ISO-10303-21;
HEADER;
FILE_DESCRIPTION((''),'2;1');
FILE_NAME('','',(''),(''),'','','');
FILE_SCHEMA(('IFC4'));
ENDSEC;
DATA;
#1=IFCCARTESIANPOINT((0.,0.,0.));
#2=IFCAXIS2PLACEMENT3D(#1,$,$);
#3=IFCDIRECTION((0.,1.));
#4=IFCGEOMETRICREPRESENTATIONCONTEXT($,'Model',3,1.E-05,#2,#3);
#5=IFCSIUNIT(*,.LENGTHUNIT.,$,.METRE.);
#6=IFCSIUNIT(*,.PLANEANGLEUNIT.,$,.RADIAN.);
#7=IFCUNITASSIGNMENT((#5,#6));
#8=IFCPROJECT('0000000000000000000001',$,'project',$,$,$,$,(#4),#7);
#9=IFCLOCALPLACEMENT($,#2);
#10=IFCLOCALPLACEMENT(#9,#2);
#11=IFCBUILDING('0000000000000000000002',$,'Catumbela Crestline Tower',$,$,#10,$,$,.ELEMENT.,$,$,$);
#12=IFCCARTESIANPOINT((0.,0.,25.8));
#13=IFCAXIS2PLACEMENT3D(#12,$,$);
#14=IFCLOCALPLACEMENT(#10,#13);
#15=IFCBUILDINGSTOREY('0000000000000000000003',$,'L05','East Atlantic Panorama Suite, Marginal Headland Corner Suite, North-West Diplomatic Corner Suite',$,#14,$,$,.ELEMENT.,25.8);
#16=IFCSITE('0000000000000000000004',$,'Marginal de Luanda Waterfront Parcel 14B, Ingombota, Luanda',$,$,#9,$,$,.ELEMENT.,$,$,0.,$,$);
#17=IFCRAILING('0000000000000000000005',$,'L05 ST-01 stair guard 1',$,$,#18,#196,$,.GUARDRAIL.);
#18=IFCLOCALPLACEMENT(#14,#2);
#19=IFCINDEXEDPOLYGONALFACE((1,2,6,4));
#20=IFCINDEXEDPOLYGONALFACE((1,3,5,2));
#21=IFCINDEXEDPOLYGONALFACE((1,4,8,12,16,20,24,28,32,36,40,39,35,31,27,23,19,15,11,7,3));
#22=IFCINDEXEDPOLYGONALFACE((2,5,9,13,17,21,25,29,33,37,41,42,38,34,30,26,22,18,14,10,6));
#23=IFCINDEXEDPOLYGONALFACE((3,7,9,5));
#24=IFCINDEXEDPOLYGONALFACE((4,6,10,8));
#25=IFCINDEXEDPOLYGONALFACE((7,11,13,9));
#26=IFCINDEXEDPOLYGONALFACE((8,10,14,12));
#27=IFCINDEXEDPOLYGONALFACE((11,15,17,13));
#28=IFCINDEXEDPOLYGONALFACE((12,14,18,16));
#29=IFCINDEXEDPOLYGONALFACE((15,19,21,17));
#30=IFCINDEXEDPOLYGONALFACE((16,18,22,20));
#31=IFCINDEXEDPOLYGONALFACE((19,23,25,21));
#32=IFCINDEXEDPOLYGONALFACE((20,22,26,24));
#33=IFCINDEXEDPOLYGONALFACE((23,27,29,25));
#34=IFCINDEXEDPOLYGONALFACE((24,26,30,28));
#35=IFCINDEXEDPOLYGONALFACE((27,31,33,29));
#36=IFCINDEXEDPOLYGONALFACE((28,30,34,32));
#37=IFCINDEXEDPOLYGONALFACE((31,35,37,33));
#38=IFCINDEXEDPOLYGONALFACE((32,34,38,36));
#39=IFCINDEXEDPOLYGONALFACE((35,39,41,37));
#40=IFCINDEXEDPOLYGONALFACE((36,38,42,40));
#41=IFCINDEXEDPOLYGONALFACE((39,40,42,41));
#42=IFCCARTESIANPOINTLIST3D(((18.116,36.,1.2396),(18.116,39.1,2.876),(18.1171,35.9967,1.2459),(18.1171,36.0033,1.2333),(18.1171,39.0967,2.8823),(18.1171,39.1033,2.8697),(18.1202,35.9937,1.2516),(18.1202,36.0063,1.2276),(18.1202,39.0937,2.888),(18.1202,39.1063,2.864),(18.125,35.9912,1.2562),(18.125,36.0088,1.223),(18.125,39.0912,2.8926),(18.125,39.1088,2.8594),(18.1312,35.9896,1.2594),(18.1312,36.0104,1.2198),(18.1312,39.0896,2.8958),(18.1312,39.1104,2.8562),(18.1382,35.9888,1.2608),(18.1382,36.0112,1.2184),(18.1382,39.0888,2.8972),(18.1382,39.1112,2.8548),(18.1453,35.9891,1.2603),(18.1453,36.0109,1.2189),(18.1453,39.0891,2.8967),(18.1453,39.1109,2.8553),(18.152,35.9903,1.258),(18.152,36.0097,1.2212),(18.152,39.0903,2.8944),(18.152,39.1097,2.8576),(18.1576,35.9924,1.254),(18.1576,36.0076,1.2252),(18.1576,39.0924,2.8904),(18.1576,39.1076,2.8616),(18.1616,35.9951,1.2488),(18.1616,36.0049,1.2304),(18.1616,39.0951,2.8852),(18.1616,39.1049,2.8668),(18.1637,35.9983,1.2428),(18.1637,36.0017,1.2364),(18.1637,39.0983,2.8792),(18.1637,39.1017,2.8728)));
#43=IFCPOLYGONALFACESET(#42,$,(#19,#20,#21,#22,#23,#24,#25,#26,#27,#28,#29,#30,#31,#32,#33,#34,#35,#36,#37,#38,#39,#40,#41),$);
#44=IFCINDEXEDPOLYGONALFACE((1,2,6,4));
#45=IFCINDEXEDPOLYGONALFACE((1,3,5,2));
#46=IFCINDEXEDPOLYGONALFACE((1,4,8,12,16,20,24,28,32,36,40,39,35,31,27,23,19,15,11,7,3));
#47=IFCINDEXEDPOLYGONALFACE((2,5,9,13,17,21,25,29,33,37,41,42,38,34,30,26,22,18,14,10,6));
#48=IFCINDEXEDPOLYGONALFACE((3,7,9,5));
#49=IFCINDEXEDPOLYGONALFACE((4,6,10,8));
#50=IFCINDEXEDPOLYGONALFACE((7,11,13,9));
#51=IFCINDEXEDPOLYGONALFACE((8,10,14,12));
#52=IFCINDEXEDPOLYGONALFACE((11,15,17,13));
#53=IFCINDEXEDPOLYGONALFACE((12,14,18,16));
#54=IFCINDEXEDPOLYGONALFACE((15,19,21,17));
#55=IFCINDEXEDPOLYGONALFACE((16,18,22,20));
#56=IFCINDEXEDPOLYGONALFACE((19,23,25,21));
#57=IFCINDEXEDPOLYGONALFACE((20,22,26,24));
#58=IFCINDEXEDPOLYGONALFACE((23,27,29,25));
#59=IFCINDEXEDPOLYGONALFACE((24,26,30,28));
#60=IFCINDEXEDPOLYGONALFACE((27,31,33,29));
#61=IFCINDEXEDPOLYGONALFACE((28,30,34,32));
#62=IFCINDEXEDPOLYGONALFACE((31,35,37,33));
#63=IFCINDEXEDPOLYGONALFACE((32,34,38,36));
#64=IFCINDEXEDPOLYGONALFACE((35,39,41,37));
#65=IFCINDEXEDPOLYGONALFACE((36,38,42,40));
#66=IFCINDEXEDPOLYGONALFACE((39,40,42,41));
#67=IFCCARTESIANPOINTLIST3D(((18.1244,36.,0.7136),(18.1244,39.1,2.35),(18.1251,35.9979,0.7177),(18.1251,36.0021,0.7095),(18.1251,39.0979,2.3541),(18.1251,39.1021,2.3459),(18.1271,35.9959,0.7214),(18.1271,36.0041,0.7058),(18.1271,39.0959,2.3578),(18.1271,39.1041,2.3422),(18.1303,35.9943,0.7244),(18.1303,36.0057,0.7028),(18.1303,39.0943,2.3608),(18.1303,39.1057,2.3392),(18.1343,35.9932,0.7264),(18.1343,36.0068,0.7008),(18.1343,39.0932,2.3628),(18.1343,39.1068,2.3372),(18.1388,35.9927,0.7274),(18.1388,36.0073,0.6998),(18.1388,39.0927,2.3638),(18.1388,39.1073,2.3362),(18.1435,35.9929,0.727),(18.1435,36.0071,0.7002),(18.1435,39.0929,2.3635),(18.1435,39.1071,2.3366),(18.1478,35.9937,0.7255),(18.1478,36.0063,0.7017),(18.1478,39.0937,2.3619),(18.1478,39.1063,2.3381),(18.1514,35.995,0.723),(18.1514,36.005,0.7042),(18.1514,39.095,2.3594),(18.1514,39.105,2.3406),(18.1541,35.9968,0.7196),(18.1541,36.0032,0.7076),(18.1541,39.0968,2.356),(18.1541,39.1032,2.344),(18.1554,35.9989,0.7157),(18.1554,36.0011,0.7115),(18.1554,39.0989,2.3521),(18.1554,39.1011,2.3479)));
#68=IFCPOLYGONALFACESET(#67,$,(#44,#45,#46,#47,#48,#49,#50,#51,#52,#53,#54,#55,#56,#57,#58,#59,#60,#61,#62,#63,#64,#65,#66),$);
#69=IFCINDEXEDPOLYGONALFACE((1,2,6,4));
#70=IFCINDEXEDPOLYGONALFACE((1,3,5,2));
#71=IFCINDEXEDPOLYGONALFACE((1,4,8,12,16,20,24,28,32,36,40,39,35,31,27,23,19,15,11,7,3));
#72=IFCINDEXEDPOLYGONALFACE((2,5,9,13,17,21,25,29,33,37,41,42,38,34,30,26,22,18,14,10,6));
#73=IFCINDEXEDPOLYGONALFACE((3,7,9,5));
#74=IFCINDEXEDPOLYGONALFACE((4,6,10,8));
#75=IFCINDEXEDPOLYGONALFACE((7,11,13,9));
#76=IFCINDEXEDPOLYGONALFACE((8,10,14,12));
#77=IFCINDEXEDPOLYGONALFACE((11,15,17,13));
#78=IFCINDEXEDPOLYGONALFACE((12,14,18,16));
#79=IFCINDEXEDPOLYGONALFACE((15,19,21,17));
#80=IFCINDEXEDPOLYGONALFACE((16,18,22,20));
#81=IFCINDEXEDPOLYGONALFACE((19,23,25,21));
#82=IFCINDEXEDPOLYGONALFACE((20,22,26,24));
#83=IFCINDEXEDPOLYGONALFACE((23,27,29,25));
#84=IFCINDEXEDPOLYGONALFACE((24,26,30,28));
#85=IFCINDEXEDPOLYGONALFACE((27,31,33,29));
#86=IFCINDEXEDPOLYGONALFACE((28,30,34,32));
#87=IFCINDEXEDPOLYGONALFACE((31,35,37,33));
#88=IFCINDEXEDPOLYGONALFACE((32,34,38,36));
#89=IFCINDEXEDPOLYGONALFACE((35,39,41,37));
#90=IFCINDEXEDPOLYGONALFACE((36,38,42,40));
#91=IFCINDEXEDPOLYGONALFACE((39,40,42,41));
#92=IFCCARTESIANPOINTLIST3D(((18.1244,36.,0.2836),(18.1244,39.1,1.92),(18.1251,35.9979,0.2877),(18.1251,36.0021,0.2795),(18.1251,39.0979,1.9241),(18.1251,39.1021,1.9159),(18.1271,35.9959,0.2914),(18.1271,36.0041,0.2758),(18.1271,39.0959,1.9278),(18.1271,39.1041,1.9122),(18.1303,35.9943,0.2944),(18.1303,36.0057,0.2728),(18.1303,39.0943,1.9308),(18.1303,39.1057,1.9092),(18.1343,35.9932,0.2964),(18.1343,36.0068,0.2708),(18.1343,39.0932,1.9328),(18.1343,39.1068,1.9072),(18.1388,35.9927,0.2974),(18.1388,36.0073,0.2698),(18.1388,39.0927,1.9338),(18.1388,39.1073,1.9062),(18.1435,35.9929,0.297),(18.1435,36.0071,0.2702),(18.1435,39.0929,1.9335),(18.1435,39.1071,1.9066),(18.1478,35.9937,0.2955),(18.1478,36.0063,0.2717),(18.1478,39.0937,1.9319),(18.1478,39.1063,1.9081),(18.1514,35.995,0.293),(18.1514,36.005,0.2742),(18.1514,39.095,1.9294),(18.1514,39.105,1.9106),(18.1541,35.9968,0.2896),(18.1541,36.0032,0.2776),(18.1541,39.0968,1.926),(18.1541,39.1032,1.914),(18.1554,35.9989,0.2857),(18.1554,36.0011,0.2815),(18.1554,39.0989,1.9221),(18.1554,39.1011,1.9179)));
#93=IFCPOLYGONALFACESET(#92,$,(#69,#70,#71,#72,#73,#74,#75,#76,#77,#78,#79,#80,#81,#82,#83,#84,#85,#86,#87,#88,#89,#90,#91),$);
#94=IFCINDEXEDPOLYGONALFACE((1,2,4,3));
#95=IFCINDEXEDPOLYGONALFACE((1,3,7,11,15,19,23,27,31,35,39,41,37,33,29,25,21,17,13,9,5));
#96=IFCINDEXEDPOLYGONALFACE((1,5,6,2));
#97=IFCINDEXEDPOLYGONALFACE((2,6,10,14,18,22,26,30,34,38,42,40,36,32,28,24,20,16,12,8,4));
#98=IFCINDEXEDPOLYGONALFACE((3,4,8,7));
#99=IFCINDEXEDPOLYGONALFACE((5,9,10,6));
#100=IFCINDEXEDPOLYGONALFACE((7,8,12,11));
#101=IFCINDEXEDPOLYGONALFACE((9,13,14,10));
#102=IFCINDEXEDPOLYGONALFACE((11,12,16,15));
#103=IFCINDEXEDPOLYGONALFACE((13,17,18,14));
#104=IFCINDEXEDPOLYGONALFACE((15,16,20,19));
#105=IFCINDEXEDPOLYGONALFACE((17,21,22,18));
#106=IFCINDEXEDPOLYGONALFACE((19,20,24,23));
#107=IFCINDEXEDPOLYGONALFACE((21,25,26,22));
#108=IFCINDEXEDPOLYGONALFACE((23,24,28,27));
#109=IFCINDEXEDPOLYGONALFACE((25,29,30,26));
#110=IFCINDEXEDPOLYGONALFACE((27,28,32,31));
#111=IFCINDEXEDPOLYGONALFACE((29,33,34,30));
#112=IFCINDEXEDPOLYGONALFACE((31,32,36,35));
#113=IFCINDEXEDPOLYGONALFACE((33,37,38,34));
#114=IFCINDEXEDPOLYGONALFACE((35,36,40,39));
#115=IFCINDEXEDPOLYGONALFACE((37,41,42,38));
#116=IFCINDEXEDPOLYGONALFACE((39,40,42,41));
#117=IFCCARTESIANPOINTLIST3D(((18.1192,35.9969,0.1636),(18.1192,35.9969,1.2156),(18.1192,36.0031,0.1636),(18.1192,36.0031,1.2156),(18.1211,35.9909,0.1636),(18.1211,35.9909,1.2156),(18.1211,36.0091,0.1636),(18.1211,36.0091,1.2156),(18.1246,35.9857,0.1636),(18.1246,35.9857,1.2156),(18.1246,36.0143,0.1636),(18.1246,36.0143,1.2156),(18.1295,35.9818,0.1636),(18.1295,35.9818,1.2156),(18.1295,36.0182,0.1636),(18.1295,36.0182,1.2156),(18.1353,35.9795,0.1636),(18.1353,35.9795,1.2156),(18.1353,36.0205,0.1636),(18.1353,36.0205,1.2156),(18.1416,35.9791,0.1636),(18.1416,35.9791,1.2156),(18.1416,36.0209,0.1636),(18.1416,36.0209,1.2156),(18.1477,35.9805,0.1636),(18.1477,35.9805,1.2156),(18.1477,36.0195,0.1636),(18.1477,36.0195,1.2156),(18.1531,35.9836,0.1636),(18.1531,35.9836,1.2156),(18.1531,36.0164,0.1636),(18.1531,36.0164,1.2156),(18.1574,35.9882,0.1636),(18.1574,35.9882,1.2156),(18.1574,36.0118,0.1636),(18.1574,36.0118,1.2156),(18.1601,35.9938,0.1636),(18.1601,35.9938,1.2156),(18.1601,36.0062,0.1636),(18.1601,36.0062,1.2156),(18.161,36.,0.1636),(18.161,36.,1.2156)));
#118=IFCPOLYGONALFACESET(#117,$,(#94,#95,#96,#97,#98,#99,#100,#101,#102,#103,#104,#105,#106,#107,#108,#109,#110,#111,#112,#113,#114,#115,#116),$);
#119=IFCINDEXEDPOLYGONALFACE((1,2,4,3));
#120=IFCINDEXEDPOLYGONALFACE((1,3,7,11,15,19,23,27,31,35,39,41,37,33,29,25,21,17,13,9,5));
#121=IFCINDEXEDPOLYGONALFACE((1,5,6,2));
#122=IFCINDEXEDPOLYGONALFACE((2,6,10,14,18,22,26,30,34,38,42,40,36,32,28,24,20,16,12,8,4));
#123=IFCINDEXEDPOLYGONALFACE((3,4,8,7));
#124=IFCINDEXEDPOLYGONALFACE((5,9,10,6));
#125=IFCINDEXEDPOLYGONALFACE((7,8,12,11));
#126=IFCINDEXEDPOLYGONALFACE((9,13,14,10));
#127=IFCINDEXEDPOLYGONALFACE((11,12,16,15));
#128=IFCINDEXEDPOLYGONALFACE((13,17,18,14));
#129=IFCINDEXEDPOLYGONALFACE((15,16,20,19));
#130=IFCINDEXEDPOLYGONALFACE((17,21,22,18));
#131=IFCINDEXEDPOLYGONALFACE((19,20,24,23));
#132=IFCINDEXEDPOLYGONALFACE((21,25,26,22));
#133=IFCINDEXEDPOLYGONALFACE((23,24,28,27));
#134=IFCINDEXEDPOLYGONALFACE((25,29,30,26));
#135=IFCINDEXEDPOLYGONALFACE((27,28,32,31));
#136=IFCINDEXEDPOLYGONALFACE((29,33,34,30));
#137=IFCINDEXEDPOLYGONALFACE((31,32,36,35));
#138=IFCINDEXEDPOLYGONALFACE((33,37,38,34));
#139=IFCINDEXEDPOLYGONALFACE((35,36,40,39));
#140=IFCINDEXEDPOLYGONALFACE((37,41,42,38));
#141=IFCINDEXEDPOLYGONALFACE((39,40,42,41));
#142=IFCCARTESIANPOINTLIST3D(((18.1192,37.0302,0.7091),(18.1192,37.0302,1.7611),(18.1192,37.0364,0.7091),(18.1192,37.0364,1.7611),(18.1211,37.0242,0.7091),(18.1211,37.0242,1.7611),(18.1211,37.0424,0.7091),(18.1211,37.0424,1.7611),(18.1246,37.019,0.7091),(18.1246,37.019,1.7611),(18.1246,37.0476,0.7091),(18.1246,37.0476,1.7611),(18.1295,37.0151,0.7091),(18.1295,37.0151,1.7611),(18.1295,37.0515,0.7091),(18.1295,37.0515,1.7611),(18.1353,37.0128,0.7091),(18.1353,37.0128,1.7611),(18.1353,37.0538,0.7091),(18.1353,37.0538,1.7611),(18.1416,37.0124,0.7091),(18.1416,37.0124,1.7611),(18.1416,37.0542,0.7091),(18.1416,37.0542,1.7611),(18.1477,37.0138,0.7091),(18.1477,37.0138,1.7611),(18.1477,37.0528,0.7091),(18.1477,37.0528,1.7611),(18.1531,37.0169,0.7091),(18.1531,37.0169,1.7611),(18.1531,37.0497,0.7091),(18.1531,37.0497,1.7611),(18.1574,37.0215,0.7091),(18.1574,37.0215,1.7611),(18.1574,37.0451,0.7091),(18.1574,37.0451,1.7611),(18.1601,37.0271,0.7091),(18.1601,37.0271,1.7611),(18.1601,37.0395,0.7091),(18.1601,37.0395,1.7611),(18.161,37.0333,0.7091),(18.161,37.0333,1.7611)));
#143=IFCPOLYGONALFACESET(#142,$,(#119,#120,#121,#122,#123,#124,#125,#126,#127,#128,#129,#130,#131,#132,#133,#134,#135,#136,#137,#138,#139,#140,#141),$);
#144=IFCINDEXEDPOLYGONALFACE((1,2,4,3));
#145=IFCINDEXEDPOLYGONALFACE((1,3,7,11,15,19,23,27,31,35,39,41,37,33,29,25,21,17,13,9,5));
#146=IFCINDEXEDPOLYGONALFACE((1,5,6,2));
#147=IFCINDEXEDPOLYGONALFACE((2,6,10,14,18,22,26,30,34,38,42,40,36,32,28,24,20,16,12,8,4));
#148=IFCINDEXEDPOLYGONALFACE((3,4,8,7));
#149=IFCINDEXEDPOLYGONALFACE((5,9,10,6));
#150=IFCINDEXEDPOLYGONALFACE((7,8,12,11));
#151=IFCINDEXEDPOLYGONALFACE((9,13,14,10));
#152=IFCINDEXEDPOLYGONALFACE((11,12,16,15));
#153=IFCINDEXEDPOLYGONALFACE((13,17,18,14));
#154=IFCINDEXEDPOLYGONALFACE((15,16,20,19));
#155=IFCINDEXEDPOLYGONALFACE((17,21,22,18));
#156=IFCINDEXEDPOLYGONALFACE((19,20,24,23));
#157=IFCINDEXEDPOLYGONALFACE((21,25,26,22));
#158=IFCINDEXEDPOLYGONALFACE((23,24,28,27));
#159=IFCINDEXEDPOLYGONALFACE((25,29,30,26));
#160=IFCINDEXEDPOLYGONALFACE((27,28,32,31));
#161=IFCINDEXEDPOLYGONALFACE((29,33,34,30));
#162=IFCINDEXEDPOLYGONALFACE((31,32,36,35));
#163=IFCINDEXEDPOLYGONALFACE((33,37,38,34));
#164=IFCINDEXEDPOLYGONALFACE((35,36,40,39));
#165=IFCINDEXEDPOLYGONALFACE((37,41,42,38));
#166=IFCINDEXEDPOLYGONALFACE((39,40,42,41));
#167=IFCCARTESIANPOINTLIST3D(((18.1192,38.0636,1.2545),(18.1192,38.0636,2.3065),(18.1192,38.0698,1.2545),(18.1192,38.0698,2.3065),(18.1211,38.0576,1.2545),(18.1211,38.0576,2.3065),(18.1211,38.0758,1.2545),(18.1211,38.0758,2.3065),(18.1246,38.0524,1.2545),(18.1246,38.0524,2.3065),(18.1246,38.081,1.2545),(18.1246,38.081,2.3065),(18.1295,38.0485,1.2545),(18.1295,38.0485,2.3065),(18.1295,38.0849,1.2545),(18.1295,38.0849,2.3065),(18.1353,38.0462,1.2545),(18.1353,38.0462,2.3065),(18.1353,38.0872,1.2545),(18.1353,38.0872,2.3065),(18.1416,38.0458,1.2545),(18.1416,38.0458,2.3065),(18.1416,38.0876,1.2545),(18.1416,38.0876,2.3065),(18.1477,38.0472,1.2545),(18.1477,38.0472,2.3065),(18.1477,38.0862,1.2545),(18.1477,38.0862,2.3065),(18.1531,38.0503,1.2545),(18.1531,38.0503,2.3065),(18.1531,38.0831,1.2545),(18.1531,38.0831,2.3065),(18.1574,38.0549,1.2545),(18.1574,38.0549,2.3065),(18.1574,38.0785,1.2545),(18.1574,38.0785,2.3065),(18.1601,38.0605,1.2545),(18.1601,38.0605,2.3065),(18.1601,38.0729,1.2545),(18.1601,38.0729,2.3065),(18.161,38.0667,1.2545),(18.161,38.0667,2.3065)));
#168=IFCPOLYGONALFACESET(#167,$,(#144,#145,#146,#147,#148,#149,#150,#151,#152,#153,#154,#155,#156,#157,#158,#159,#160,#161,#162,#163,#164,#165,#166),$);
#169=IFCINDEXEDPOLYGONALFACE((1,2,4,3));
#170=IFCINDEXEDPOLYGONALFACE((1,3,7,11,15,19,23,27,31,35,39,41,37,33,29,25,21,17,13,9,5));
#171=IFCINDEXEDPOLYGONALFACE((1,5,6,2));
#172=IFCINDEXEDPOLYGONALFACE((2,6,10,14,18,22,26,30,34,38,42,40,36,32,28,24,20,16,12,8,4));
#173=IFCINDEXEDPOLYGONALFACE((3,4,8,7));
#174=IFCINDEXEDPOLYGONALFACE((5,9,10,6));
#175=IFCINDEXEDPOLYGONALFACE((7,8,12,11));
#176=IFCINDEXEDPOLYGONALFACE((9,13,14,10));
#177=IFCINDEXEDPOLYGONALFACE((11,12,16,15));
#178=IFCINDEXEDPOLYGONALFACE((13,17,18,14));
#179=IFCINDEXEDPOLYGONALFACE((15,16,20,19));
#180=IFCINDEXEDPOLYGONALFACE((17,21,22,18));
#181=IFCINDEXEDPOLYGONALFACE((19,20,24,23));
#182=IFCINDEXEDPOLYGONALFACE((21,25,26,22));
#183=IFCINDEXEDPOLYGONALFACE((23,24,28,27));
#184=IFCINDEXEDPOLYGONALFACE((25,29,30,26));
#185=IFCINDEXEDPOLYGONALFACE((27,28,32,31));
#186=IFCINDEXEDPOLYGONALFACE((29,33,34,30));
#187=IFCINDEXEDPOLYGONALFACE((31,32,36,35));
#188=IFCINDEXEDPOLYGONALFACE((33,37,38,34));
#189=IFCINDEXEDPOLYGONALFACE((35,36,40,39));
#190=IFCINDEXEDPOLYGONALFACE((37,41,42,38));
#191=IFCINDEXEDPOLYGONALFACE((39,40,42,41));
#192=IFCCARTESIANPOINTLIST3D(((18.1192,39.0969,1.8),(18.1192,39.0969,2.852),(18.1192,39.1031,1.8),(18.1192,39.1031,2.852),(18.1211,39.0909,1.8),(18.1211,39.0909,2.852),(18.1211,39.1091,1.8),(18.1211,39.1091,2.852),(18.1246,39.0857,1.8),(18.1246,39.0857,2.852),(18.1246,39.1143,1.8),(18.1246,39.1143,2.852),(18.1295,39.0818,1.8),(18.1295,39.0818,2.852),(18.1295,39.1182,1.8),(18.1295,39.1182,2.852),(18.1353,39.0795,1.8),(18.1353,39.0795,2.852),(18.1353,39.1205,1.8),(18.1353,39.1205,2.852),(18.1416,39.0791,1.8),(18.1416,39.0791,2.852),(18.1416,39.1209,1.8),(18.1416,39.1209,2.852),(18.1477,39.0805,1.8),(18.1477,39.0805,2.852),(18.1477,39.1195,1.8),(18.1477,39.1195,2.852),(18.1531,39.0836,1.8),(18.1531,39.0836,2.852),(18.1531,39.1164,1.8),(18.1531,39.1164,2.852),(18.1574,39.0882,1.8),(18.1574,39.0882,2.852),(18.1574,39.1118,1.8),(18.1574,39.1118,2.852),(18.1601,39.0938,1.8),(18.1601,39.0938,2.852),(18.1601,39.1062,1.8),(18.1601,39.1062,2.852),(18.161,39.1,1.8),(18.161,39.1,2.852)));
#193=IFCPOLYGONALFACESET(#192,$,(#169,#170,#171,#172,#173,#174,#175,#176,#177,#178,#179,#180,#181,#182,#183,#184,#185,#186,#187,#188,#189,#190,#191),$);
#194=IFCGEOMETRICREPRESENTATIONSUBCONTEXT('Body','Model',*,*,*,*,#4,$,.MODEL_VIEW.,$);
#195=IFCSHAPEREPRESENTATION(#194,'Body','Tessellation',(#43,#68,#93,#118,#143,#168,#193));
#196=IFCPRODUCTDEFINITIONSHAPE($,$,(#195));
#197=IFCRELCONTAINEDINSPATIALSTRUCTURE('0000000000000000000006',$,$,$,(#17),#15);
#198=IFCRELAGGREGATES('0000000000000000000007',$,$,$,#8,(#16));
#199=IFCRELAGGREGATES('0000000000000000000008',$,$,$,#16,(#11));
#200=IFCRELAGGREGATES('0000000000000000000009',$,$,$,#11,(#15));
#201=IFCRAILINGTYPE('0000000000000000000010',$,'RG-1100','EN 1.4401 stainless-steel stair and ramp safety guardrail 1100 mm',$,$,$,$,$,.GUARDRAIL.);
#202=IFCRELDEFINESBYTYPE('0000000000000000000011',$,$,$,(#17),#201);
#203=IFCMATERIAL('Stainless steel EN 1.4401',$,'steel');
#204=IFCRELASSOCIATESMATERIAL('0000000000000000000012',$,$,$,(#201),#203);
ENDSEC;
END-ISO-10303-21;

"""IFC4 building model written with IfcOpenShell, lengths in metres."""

from ifc_helpers import new_model, si_unit, direction, frame, origin, origin_2d, place, context, subcontext, project, spatial, circle, extrude, material, type_object, element, save


model = new_model("IFC4")

# Units and contexts
model_context = context("Model", 3, precision=1e-05, world=origin(), true_north=direction((0.0, 1.0)))
body_context = subcontext(model_context, "Body", "Model", "MODEL_VIEW")
ifc_project = project(units=[si_unit("LENGTHUNIT", "METRE"), si_unit("PLANEANGLEUNIT", "RADIAN")], contexts=[model_context])

# Site, building, storey
site_placement = place(None, origin())
site = spatial("IfcSite", under=ifc_project, at=site_placement, Name="Marginal de Luanda Waterfront Parcel 14B, Ingombota, Luanda", CompositionType="ELEMENT", RefElevation=0.0)
building_placement = place(site_placement, origin())
building = spatial("IfcBuilding", under=site, at=building_placement, Name="Catumbela Crestline Tower", CompositionType="ELEMENT")
storey_placement = place(building_placement, frame((0.0, 0.0, 25.8)))
storey = spatial("IfcBuildingStorey", under=building, at=storey_placement, Name="L05", Description="East Atlantic Panorama Suite, Marginal Headland Corner Suite, North-West Diplomatic Corner Suite", CompositionType="ELEMENT", Elevation=25.8)

# Shared definitions
ifc_material_1 = material(Name="Stainless steel EN 1.4401", Category="steel")

# Railing
railing_type_1 = type_object("IfcRailingType", Name="RG-1100", Description="EN 1.4401 stainless-steel stair and ramp safety guardrail 1100 mm", PredefinedType="GUARDRAIL", material=ifc_material_1)
railing_1_placement = place(storey_placement, frame((18.14, 36.0, 0.1636)))
element("IfcRailing", 1, at=railing_1_placement, inside=storey, type_object=railing_type_1, Name="L05 ST-01 stair guard 1", PredefinedType="GUARDRAIL", context=body_context, shape_type="SweptSolid", body=[
    extrude(circle(Radius=0.024, at=origin_2d()), frame((0.0, 0.0, 1.076), z_axis=(0.0, 0.884351, 0.466823), x_axis=(-1.0, 0.0, 0.0)), (0.0, 0.0, 1.0), 3.5054),
    extrude(circle(Radius=0.0156, at=origin_2d()), frame((0.0, 0.0, 0.55), z_axis=(0.0, 0.884351, 0.466823), x_axis=(-1.0, 0.0, 0.0)), (0.0, 0.0, 1.0), 3.5054),
    extrude(circle(Radius=0.0156, at=origin_2d()), frame((0.0, 0.0, 0.12), z_axis=(0.0, 0.884351, 0.466823), x_axis=(-1.0, 0.0, 0.0)), (0.0, 0.0, 1.0), 3.5054),
    extrude(circle(Radius=0.021, at=origin_2d()), origin(), (0.0, 0.0, 1.0), 1.052),
    extrude(circle(Radius=0.021, at=origin_2d()), frame((0.0, 1.0333, 0.5455)), (0.0, 0.0, 1.0), 1.052),
    extrude(circle(Radius=0.021, at=origin_2d()), frame((0.0, 2.0667, 1.0909)), (0.0, 0.0, 1.0), 1.052),
    extrude(circle(Radius=0.021, at=origin_2d()), frame((0.0, 3.1, 1.6364)), (0.0, 0.0, 1.0), 1.052),
])

save(model, "model.ifc")
